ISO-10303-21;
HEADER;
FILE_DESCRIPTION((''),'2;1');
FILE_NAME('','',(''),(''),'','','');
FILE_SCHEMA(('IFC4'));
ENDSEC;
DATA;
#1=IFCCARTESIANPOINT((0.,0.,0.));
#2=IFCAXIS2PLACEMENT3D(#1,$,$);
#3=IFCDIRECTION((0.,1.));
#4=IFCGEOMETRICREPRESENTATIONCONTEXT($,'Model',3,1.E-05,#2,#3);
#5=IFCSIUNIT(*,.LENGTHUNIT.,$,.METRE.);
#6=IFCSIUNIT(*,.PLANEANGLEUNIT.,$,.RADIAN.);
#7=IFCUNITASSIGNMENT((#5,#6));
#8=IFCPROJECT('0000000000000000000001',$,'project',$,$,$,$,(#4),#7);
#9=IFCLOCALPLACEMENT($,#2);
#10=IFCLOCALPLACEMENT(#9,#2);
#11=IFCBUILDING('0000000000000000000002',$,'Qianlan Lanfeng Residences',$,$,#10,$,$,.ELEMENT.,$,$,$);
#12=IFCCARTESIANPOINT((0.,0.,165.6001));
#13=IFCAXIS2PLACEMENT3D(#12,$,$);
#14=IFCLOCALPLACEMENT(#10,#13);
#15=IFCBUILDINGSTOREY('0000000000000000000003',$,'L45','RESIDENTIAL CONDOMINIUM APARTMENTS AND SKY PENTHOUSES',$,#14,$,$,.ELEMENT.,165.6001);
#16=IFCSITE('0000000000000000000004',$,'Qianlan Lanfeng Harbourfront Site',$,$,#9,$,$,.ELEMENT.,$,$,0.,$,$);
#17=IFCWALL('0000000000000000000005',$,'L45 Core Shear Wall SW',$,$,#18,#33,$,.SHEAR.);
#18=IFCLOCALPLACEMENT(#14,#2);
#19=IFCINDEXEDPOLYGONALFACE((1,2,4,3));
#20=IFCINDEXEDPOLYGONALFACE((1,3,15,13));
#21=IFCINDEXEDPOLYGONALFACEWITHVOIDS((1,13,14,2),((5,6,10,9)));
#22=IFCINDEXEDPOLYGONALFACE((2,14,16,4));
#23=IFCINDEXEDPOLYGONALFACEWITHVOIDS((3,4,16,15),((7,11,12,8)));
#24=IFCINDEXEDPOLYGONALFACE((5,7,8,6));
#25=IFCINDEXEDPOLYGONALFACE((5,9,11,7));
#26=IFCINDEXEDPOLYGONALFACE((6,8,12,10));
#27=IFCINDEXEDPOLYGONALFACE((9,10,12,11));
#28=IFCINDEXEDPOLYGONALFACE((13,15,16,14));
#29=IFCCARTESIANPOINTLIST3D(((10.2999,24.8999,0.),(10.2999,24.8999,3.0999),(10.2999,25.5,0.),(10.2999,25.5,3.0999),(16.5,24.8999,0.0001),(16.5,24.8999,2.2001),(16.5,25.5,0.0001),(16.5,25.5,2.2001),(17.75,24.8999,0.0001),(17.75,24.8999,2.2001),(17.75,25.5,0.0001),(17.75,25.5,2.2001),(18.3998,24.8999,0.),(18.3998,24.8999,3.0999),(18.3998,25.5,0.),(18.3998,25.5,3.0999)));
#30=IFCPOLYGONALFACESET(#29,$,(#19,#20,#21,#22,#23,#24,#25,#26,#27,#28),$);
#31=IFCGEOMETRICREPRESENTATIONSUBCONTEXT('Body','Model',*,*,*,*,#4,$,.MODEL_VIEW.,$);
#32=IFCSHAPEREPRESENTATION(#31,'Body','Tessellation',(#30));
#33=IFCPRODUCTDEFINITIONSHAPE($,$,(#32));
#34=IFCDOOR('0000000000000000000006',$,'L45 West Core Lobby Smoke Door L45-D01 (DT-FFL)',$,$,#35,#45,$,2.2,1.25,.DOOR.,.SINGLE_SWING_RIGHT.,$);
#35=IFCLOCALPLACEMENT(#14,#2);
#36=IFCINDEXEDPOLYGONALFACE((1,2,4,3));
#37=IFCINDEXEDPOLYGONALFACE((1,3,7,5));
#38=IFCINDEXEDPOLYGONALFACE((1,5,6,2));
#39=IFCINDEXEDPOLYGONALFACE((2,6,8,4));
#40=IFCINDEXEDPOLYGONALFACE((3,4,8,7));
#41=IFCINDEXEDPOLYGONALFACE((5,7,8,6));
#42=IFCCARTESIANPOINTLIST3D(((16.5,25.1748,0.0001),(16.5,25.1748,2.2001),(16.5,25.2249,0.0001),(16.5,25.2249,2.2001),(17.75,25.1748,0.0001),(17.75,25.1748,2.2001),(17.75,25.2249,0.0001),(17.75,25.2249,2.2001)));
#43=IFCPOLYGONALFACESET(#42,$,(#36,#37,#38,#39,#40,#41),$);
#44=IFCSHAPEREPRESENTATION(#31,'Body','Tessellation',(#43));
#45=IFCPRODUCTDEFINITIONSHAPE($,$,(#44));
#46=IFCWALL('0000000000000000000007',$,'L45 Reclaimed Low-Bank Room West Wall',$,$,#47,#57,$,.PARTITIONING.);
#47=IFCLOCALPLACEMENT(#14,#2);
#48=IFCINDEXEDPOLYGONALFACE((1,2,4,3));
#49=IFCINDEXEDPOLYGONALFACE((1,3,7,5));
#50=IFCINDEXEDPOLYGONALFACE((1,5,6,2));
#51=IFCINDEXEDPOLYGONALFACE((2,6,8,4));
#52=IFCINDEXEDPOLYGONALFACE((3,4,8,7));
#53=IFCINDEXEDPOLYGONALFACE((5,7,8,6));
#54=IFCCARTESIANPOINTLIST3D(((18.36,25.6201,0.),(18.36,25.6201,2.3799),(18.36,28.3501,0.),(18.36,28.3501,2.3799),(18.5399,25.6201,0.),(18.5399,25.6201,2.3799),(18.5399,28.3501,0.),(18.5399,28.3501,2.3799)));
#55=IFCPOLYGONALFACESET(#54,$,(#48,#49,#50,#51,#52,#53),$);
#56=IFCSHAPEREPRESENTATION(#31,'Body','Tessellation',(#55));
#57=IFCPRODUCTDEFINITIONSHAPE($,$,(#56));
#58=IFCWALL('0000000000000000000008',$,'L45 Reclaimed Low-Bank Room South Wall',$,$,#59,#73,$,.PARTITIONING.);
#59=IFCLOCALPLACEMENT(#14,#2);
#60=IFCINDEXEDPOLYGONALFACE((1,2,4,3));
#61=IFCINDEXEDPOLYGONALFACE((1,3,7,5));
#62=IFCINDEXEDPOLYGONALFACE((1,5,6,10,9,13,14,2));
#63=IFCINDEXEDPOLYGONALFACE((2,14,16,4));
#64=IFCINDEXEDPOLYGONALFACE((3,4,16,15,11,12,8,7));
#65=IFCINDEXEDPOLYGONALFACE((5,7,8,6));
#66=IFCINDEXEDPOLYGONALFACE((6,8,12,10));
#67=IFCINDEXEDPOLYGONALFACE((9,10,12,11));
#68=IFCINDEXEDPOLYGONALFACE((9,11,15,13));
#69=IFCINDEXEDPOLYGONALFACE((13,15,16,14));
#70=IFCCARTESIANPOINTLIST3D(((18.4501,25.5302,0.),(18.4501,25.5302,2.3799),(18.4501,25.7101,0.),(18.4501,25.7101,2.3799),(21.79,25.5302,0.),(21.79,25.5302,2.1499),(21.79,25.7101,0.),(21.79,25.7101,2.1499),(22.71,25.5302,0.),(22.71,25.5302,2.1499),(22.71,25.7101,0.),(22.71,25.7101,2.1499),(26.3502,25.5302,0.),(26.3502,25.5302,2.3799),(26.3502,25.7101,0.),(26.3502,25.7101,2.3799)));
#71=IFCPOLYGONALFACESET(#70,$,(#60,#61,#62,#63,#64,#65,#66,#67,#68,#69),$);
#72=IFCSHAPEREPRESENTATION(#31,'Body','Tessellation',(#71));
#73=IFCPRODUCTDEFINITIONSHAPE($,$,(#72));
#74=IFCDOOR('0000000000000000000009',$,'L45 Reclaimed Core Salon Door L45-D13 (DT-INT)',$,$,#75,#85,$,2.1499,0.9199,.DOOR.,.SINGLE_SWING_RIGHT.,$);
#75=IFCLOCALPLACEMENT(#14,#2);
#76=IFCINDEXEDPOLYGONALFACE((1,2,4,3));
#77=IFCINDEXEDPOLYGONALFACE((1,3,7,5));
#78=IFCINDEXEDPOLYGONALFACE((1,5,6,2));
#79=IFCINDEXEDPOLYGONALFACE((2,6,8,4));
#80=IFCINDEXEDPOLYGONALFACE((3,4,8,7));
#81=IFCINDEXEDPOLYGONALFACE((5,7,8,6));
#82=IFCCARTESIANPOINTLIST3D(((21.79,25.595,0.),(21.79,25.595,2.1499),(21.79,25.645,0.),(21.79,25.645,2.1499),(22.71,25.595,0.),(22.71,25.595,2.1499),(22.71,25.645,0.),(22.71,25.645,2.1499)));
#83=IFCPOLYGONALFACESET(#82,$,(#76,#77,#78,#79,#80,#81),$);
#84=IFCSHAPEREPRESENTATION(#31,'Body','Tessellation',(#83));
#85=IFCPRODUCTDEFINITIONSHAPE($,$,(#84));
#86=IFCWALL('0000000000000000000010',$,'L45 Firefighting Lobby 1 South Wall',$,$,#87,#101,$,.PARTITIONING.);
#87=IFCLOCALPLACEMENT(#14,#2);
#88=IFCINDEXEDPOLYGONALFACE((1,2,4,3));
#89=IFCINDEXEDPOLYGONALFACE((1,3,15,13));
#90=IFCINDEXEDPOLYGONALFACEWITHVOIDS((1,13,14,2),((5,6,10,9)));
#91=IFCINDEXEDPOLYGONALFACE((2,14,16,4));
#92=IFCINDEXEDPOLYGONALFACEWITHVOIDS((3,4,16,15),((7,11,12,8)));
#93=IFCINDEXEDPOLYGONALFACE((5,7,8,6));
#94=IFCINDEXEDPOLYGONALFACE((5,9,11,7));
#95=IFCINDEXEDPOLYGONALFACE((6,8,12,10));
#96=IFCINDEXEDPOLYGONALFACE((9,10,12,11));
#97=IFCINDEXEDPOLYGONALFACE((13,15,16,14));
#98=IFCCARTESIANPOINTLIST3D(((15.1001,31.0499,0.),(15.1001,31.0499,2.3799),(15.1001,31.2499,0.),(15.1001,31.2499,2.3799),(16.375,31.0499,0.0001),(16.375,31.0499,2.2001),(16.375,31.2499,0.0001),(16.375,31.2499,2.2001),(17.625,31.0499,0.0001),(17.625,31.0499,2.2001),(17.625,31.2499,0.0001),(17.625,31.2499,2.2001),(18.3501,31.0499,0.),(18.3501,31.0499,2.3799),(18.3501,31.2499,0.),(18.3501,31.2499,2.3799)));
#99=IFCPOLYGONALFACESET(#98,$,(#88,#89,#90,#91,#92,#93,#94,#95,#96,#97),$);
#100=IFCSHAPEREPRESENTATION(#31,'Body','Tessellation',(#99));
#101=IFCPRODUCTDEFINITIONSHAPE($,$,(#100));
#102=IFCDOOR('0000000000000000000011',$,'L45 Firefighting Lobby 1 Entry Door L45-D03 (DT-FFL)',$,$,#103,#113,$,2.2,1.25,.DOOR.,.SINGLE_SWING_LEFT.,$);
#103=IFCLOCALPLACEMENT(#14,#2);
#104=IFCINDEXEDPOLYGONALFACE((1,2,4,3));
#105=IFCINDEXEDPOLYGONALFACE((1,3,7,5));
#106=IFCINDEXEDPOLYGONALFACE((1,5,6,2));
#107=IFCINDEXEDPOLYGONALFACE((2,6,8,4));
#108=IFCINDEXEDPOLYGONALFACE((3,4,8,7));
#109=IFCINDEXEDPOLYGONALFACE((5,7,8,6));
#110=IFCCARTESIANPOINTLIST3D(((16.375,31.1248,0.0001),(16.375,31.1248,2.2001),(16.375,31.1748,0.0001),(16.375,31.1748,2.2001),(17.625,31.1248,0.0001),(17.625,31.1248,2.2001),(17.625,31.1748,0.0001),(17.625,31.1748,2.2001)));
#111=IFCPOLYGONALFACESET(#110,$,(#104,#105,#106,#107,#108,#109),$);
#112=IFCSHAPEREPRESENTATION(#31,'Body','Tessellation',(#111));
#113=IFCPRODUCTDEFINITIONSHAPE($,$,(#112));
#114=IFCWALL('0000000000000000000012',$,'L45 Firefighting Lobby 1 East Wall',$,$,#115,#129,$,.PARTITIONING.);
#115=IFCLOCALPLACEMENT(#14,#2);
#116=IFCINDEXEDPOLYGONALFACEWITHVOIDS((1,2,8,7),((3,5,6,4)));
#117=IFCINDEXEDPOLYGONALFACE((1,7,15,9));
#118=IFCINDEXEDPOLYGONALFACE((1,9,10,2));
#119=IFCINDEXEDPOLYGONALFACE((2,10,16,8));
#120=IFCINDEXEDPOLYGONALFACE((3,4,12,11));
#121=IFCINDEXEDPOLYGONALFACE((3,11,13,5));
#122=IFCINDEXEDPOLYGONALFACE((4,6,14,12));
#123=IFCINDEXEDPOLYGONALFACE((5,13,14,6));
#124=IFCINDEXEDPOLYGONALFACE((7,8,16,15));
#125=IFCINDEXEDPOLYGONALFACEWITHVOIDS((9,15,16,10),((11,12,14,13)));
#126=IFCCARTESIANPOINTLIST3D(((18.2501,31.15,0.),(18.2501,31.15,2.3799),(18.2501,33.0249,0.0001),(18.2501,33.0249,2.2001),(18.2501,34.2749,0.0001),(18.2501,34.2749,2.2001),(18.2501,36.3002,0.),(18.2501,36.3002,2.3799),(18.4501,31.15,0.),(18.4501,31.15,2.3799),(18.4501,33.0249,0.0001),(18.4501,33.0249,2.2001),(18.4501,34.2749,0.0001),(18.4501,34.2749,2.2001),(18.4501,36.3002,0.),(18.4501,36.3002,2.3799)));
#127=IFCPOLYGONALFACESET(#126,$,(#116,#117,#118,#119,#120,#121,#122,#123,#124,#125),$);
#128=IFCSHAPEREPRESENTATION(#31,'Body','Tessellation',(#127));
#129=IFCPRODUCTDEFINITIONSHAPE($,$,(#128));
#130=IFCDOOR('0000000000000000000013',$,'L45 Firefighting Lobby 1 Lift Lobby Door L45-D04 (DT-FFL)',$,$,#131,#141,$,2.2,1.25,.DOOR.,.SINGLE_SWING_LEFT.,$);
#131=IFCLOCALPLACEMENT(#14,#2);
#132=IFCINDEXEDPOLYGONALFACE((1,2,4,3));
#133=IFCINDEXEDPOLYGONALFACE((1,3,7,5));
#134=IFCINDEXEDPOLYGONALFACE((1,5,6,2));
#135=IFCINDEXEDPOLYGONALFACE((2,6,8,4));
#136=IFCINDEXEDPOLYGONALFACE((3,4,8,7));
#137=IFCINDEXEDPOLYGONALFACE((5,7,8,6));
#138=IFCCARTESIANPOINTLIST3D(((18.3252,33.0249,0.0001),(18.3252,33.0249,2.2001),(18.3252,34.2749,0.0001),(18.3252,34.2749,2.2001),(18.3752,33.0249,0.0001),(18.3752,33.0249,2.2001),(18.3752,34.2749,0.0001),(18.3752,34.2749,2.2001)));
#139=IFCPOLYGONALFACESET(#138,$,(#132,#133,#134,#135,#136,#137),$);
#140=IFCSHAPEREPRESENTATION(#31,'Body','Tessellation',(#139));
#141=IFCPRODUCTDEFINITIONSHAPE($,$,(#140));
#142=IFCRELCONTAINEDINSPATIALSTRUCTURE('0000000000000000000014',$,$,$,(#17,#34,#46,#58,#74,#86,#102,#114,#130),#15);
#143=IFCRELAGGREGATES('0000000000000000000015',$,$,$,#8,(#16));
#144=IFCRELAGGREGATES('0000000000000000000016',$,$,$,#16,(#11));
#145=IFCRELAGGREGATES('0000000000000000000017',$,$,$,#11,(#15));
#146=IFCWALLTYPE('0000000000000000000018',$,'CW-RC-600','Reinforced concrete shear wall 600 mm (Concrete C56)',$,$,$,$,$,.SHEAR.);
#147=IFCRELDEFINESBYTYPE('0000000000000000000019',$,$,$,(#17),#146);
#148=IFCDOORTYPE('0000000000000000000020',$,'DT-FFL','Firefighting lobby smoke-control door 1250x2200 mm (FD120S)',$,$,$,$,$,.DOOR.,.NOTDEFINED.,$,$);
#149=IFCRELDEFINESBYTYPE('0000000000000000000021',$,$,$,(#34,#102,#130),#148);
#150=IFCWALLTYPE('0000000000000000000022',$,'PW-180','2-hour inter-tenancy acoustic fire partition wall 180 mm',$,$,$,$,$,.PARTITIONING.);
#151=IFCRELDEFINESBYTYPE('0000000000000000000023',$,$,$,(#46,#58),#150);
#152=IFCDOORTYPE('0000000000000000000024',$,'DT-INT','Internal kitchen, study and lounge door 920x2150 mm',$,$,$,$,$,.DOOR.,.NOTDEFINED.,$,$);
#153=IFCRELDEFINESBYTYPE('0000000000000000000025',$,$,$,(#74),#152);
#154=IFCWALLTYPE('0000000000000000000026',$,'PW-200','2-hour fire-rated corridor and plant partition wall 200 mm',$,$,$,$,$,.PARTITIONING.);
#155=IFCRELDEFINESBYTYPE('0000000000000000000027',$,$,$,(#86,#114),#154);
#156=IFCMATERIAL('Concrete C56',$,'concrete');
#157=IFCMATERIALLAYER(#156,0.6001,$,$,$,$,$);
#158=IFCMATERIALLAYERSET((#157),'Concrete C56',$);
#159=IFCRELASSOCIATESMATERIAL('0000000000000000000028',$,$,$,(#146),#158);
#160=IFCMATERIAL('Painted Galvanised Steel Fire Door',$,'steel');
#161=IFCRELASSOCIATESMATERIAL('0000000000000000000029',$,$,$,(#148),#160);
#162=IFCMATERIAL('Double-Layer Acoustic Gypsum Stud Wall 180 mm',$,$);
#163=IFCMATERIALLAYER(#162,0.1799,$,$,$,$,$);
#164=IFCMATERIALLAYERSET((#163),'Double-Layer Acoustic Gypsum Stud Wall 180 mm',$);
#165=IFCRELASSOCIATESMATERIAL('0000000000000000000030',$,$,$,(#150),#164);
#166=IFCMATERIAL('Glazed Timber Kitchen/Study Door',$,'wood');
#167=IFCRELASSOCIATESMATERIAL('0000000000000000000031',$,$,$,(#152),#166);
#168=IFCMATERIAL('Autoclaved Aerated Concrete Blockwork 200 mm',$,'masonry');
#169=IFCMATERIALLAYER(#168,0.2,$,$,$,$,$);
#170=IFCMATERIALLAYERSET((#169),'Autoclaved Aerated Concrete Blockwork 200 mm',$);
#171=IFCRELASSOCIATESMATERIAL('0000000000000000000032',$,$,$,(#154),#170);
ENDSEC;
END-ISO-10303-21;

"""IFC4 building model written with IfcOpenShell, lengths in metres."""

from ifc_helpers import new_model, si_unit, direction, frame, frame_2d, origin, place, context, subcontext, project, spatial, rectangle, extrude, material, layer, layer_set, type_object, element, fill, save


model = new_model("IFC4")

# Units and contexts
model_context = context("Model", 3, precision=1e-05, world=origin(), true_north=direction((0.0, 1.0)))
body_context = subcontext(model_context, "Body", "Model", "MODEL_VIEW")
ifc_project = project(units=[si_unit("LENGTHUNIT", "METRE"), si_unit("PLANEANGLEUNIT", "RADIAN")], contexts=[model_context])

# Site, building, storey
site_placement = place(None, origin())
site = spatial("IfcSite", under=ifc_project, at=site_placement, Name="Qianlan Lanfeng Harbourfront Site", CompositionType="ELEMENT", RefElevation=0.0)
building_placement = place(site_placement, origin())
building = spatial("IfcBuilding", under=site, at=building_placement, Name="Qianlan Lanfeng Residences", CompositionType="ELEMENT")
storey_placement = place(building_placement, frame((0.0, 0.0, 165.6001)))
storey = spatial("IfcBuildingStorey", under=building, at=storey_placement, Name="L45", Description="RESIDENTIAL CONDOMINIUM APARTMENTS AND SKY PENTHOUSES", CompositionType="ELEMENT", Elevation=165.6001)

# Shared definitions
ifc_material_1 = material(Name="Concrete C56", Category="concrete")
ifc_material_2 = material(Name="Painted Galvanised Steel Fire Door", Category="steel")

# Shared definitions
ifc_layer_1 = layer(ifc_material_1, 0.6001)
ifc_layer_set_1 = layer_set([ifc_layer_1], Name="Concrete C56")
wall_type_1 = type_object("IfcWallType", Name="CW-RC-600", Description="Reinforced concrete shear wall 600 mm (Concrete C56)", PredefinedType="SHEAR", material=ifc_layer_set_1)

# Wall, opening, door
wall_1_placement = place(storey_placement, frame((10.3, 25.2, 0.0), z_axis=(0.0, 0.0, 1.0), x_axis=(1.0, 0.0, 0.0)))
wall_1 = element("IfcWall", 1, at=wall_1_placement, inside=storey, type_object=wall_type_1, Name="L45 Core Shear Wall SW", PredefinedType="SHEAR", context=body_context, shape_type="SweptSolid", body=[
    extrude(rectangle(XDim=8.0999, YDim=0.6001, at=frame_2d((4.0498, 0.0))), origin(), (0.0, 0.0, 1.0), 3.0999),
])
opening_1_placement = place(wall_1_placement, frame((6.2, 0.0, 0.0)))
opening_1 = element("IfcOpeningElement", 2, at=opening_1_placement, cuts=wall_1, PredefinedType="OPENING", context=body_context, shape_type="SweptSolid", body=[
    extrude(rectangle(XDim=1.25, YDim=2.2, at=frame_2d((0.625, 1.1001))), frame((0.0, 0.3101, 0.0), z_axis=(0.0, -1.0, 0.0), x_axis=(1.0, 0.0, 0.0)), (0.0, 0.0, 1.0), 0.6201),
])
door_type_1 = type_object("IfcDoorType", Name="DT-FFL", Description="Firefighting lobby smoke-control door 1250x2200 mm (FD120S)", OperationType="NOTDEFINED", PredefinedType="DOOR", material=ifc_material_2)
door_1_placement = place(opening_1_placement, origin())
door_1 = element("IfcDoor", 3, at=door_1_placement, inside=storey, type_object=door_type_1, Name="L45 West Core Lobby Smoke Door L45-D01 (DT-FFL)", OperationType="SINGLE_SWING_RIGHT", OverallHeight=2.2, OverallWidth=1.25, PredefinedType="DOOR", context=body_context, shape_type="SweptSolid", body=[
    extrude(rectangle(XDim=1.25, YDim=2.2, at=frame_2d((0.625, 1.1001))), frame((0.0, 0.0249, 0.0), z_axis=(0.0, -1.0, 0.0), x_axis=(1.0, 0.0, 0.0)), (0.0, 0.0, 1.0), 0.05),
])
fill(opening_1, door_1)
ifc_material_3 = material(Name="Double-Layer Acoustic Gypsum Stud Wall 180 mm")
ifc_layer_2 = layer(ifc_material_3, 0.1799)
ifc_layer_set_2 = layer_set([ifc_layer_2], Name="Double-Layer Acoustic Gypsum Stud Wall 180 mm")
wall_type_2 = type_object("IfcWallType", Name="PW-180", Description="2-hour inter-tenancy acoustic fire partition wall 180 mm", PredefinedType="PARTITIONING", material=ifc_layer_set_2)
ifc_material_4 = material(Name="Glazed Timber Kitchen/Study Door", Category="wood")
door_type_2 = type_object("IfcDoorType", Name="DT-INT", Description="Internal kitchen, study and lounge door 920x2150 mm", OperationType="NOTDEFINED", PredefinedType="DOOR", material=ifc_material_4)

# Wall
wall_2_placement = place(storey_placement, frame((18.45, 25.6201, 0.0), z_axis=(0.0, 0.0, 1.0), x_axis=(0.0, 1.0, 0.0)))
element("IfcWall", 4, at=wall_2_placement, inside=storey, type_object=wall_type_2, Name="L45 Reclaimed Low-Bank Room West Wall", PredefinedType="PARTITIONING", context=body_context, shape_type="SweptSolid", body=[
    extrude(rectangle(XDim=2.73, YDim=0.1799, at=frame_2d((1.365, 0.0))), origin(), (0.0, 0.0, 1.0), 2.3799),
])

# Walls, openings, doors
wall_3_placement = place(storey_placement, frame((18.45, 25.6201, 0.0), z_axis=(0.0, 0.0, 1.0), x_axis=(1.0, 0.0, 0.0)))
wall_3 = element("IfcWall", 5, at=wall_3_placement, inside=storey, type_object=wall_type_2, Name="L45 Reclaimed Low-Bank Room South Wall", PredefinedType="PARTITIONING", context=body_context, shape_type="SweptSolid", body=[
    extrude(rectangle(XDim=7.9001, YDim=0.1799, at=frame_2d((3.9502, 0.0))), origin(), (0.0, 0.0, 1.0), 2.3799),
])
opening_2_placement = place(wall_3_placement, frame((3.3401, 0.0, 0.0)))
opening_2 = element("IfcOpeningElement", 6, at=opening_2_placement, cuts=wall_3, PredefinedType="OPENING", context=body_context, shape_type="SweptSolid", body=[
    extrude(rectangle(XDim=0.9199, YDim=2.1499, at=frame_2d((0.46, 1.075))), frame((0.0, 0.1001, 0.0), z_axis=(0.0, -1.0, 0.0), x_axis=(1.0, 0.0, 0.0)), (0.0, 0.0, 1.0), 0.2),
])
door_2_placement = place(opening_2_placement, origin())
door_2 = element("IfcDoor", 7, at=door_2_placement, inside=storey, type_object=door_type_2, Name="L45 Reclaimed Core Salon Door L45-D13 (DT-INT)", OperationType="SINGLE_SWING_RIGHT", OverallHeight=2.1499, OverallWidth=0.9199, PredefinedType="DOOR", context=body_context, shape_type="SweptSolid", body=[
    extrude(rectangle(XDim=0.9199, YDim=2.1499, at=frame_2d((0.46, 1.075))), frame((0.0, 0.0249, 0.0), z_axis=(0.0, -1.0, 0.0), x_axis=(1.0, 0.0, 0.0)), (0.0, 0.0, 1.0), 0.05),
])
fill(opening_2, door_2)
ifc_material_5 = material(Name="Autoclaved Aerated Concrete Blockwork 200 mm", Category="masonry")
ifc_layer_3 = layer(ifc_material_5, 0.2)
ifc_layer_set_3 = layer_set([ifc_layer_3], Name="Autoclaved Aerated Concrete Blockwork 200 mm")
wall_type_3 = type_object("IfcWallType", Name="PW-200", Description="2-hour fire-rated corridor and plant partition wall 200 mm", PredefinedType="PARTITIONING", material=ifc_layer_set_3)
wall_4_placement = place(storey_placement, frame((15.1001, 31.1499, 0.0), z_axis=(0.0, 0.0, 1.0), x_axis=(1.0, 0.0, 0.0)))
wall_4 = element("IfcWall", 8, at=wall_4_placement, inside=storey, type_object=wall_type_3, Name="L45 Firefighting Lobby 1 South Wall", PredefinedType="PARTITIONING", context=body_context, shape_type="SweptSolid", body=[
    extrude(rectangle(XDim=3.25, YDim=0.2, at=frame_2d((1.625, 0.0))), origin(), (0.0, 0.0, 1.0), 2.3799),
])
opening_3_placement = place(wall_4_placement, frame((1.2749, 0.0, 0.0)))
opening_3 = element("IfcOpeningElement", 9, at=opening_3_placement, cuts=wall_4, PredefinedType="OPENING", context=body_context, shape_type="SweptSolid", body=[
    extrude(rectangle(XDim=1.25, YDim=2.2, at=frame_2d((0.625, 1.1001))), frame((0.0, 0.1099, 0.0), z_axis=(0.0, -1.0, 0.0), x_axis=(1.0, 0.0, 0.0)), (0.0, 0.0, 1.0), 0.22),
])
door_3_placement = place(opening_3_placement, origin())
door_3 = element("IfcDoor", 10, at=door_3_placement, inside=storey, type_object=door_type_1, Name="L45 Firefighting Lobby 1 Entry Door L45-D03 (DT-FFL)", OperationType="SINGLE_SWING_LEFT", OverallHeight=2.2, OverallWidth=1.25, PredefinedType="DOOR", context=body_context, shape_type="SweptSolid", body=[
    extrude(rectangle(XDim=1.25, YDim=2.2, at=frame_2d((0.625, 1.1001))), frame((0.0, 0.0249, 0.0), z_axis=(0.0, -1.0, 0.0), x_axis=(1.0, 0.0, 0.0)), (0.0, 0.0, 1.0), 0.05),
])
fill(opening_3, door_3)
wall_5_placement = place(storey_placement, frame((18.3501, 31.1499, 0.0), z_axis=(0.0, 0.0, 1.0), x_axis=(0.0, 1.0, 0.0)))
wall_5 = element("IfcWall", 11, at=wall_5_placement, inside=storey, type_object=wall_type_3, Name="L45 Firefighting Lobby 1 East Wall", PredefinedType="PARTITIONING", context=body_context, shape_type="SweptSolid", body=[
    extrude(rectangle(XDim=5.1501, YDim=0.2, at=frame_2d((2.5752, 0.0))), origin(), (0.0, 0.0, 1.0), 2.3799),
])
opening_4_placement = place(wall_5_placement, frame((1.875, 0.0, 0.0)))
opening_4 = element("IfcOpeningElement", 12, at=opening_4_placement, cuts=wall_5, PredefinedType="OPENING", context=body_context, shape_type="SweptSolid", body=[
    extrude(rectangle(XDim=1.25, YDim=2.2, at=frame_2d((0.625, 1.1001))), frame((0.0, 0.1099, 0.0), z_axis=(0.0, -1.0, 0.0), x_axis=(1.0, 0.0, 0.0)), (0.0, 0.0, 1.0), 0.22),
])
door_4_placement = place(opening_4_placement, origin())
door_4 = element("IfcDoor", 13, at=door_4_placement, inside=storey, type_object=door_type_1, Name="L45 Firefighting Lobby 1 Lift Lobby Door L45-D04 (DT-FFL)", OperationType="SINGLE_SWING_LEFT", OverallHeight=2.2, OverallWidth=1.25, PredefinedType="DOOR", context=body_context, shape_type="SweptSolid", body=[
    extrude(rectangle(XDim=1.25, YDim=2.2, at=frame_2d((0.625, 1.1001))), frame((0.0, 0.0249, 0.0), z_axis=(0.0, -1.0, 0.0), x_axis=(1.0, 0.0, 0.0)), (0.0, 0.0, 1.0), 0.05),
])
fill(opening_4, door_4)

save(model, "model.ifc")
